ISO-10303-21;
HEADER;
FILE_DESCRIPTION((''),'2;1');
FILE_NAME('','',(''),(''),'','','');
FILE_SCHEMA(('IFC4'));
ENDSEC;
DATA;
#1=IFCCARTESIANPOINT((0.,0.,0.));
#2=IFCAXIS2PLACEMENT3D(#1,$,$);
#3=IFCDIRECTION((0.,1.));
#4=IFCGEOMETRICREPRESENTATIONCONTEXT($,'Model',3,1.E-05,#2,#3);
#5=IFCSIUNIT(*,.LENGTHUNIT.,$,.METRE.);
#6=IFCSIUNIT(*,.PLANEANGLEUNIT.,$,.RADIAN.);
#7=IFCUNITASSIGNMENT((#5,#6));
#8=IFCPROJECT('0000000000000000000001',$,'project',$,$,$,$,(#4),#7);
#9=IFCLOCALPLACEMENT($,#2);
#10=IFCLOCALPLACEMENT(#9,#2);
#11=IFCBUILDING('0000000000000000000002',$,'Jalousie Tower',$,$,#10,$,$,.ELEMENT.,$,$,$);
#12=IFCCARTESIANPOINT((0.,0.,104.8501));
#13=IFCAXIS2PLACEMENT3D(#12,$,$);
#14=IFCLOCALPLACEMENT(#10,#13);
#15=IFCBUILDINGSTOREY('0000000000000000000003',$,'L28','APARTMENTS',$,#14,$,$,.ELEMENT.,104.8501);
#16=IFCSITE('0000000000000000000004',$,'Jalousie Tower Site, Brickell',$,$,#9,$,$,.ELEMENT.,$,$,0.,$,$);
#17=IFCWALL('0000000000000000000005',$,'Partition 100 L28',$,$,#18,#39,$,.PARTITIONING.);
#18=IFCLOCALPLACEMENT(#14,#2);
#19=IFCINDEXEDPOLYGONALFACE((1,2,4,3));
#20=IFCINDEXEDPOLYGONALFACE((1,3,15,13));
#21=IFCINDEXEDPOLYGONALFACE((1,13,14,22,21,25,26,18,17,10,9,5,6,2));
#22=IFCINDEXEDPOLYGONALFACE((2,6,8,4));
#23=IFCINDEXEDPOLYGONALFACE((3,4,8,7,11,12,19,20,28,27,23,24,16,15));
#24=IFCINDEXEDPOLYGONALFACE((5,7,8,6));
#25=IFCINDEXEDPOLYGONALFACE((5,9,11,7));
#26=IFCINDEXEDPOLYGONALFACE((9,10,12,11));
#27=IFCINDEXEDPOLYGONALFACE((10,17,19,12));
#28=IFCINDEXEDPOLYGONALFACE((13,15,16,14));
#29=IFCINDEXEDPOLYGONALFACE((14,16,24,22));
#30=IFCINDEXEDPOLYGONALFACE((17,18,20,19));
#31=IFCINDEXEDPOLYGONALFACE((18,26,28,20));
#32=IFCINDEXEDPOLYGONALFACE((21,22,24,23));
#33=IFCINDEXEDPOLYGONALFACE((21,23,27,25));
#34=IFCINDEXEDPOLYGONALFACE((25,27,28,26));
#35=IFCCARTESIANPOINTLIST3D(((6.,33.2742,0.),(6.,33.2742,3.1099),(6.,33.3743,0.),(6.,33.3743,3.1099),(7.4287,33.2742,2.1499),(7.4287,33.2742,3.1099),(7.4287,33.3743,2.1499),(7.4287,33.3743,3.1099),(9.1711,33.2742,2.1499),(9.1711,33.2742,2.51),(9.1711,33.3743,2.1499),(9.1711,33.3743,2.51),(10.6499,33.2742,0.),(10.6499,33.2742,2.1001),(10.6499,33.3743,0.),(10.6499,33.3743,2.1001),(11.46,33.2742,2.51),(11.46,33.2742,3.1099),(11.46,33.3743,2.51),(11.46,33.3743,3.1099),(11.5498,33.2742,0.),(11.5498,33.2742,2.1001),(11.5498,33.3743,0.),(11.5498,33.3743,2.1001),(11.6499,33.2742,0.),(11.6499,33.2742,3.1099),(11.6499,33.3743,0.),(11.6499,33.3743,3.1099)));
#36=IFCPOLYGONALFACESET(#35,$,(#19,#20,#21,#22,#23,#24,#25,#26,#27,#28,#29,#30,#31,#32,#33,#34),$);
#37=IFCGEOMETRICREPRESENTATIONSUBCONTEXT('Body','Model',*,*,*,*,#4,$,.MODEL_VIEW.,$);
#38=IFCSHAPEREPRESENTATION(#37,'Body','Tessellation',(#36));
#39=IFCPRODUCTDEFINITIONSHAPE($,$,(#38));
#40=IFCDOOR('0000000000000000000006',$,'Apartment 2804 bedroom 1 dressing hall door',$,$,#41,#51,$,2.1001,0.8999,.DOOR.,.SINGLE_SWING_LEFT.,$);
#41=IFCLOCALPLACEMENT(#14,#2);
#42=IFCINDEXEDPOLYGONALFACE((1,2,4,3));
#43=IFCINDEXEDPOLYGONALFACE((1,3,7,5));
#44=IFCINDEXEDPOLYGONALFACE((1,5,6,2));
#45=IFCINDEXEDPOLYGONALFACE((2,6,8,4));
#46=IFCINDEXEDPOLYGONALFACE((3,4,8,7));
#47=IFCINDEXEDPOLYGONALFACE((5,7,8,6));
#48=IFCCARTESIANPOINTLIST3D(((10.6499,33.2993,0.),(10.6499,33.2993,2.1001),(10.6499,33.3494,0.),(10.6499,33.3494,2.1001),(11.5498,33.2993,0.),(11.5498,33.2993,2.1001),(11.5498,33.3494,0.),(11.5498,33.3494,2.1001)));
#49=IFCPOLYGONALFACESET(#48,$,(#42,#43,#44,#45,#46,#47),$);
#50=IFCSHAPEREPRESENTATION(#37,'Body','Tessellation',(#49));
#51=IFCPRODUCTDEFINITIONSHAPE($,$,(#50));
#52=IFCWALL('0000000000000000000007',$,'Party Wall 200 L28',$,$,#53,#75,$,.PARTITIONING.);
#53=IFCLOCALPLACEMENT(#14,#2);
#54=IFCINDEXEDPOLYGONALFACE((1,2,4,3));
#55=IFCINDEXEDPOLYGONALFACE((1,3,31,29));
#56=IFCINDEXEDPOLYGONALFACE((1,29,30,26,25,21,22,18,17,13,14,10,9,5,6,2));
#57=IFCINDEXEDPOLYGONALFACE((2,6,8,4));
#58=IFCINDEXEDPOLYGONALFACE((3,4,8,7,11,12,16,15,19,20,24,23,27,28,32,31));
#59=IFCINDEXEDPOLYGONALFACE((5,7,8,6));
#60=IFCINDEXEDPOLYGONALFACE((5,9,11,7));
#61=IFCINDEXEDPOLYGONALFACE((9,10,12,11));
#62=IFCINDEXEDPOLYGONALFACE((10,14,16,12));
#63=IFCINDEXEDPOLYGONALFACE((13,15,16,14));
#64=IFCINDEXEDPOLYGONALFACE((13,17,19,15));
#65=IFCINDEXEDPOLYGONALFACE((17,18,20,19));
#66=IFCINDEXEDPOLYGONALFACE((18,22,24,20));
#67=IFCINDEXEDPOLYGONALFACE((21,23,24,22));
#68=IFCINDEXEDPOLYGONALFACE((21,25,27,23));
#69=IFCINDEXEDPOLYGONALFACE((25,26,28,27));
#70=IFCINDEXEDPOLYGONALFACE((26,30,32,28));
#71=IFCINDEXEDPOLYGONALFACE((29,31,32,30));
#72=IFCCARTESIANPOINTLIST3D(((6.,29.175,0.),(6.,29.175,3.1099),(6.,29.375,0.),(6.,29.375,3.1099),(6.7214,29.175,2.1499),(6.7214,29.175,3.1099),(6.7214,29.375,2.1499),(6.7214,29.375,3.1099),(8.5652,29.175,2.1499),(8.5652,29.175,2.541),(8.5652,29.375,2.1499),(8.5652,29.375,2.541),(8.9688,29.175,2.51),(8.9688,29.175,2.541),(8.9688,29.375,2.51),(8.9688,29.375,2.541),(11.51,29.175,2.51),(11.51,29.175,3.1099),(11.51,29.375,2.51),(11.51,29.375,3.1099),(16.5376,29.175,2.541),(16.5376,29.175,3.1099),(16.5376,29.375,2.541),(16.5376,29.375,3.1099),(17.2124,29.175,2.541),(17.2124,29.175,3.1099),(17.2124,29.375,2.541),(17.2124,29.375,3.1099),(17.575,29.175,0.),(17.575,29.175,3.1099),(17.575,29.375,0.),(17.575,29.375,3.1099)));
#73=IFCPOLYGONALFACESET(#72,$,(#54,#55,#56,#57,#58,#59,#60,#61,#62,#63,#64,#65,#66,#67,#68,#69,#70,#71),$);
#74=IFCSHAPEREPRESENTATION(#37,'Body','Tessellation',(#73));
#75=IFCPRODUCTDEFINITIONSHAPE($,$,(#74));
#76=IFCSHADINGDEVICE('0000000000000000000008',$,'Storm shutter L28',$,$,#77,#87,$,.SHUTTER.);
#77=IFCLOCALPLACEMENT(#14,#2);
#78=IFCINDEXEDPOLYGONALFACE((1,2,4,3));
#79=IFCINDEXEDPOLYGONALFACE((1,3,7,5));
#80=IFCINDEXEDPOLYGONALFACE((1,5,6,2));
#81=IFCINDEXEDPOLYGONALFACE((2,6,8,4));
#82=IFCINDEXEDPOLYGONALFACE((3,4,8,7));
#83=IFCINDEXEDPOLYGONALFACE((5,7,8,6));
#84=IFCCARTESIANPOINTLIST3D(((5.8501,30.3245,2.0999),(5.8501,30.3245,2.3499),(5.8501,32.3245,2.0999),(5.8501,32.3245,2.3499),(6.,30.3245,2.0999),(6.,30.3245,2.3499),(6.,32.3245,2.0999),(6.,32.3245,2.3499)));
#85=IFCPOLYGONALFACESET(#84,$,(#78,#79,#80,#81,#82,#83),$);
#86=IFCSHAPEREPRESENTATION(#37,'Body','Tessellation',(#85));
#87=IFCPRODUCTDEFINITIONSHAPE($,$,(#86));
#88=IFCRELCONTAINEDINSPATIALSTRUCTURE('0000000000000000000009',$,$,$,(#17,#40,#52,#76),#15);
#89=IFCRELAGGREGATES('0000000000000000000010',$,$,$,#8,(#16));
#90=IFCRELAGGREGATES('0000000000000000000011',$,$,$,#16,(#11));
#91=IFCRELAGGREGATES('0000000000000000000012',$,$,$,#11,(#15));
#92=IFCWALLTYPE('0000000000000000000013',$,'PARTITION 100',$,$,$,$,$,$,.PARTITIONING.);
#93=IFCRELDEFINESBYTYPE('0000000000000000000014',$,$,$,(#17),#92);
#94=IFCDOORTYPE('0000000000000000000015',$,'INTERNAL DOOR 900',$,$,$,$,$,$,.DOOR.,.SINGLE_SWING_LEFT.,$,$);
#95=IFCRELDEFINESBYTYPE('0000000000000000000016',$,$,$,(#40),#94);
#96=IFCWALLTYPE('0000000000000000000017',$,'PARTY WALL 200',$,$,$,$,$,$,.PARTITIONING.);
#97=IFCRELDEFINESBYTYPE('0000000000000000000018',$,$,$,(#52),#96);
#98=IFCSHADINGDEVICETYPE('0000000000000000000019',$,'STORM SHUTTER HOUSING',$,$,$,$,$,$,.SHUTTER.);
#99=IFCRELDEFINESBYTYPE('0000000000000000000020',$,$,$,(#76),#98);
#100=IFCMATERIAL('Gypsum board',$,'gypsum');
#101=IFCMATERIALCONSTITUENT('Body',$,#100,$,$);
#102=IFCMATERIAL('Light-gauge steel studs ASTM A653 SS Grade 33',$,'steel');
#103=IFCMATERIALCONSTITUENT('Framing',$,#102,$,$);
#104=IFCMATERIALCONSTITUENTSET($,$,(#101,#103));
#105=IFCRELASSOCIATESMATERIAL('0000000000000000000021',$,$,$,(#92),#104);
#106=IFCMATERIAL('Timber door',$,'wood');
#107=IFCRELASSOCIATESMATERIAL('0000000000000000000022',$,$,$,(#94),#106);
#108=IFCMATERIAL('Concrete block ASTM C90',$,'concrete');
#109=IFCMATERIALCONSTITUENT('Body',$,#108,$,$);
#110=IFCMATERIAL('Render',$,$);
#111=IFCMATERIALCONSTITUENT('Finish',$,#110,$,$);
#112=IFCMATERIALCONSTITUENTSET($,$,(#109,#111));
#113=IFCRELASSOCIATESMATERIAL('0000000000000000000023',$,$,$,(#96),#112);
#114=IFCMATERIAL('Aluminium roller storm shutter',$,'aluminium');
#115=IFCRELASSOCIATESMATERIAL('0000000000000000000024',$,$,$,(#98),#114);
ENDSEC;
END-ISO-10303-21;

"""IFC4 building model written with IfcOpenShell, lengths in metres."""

from ifc_helpers import new_model, si_unit, direction, frame, frame_2d, origin, origin_2d, place, context, subcontext, project, spatial, polyline, rectangle, outline, extrude, material, constituent, constituent_set, type_object, element, fill, save


model = new_model("IFC4")

# Units and contexts
model_context = context("Model", 3, precision=1e-05, world=origin(), true_north=direction((0.0, 1.0)))
body_context = subcontext(model_context, "Body", "Model", "MODEL_VIEW")
ifc_project = project(units=[si_unit("LENGTHUNIT", "METRE"), si_unit("PLANEANGLEUNIT", "RADIAN")], contexts=[model_context])

# Site, building, storey
site_placement = place(None, origin())
site = spatial("IfcSite", under=ifc_project, at=site_placement, Name="Jalousie Tower Site, Brickell", CompositionType="ELEMENT", RefElevation=0.0)
building_placement = place(site_placement, origin())
building = spatial("IfcBuilding", under=site, at=building_placement, Name="Jalousie Tower", CompositionType="ELEMENT")
storey_placement = place(building_placement, frame((0.0, 0.0, 104.8501)))
storey = spatial("IfcBuildingStorey", under=building, at=storey_placement, Name="L28", Description="APARTMENTS", CompositionType="ELEMENT", Elevation=104.8501)

# Shared definitions
ifc_material_1 = material(Name="Gypsum board", Category="gypsum")
ifc_constituent_1 = constituent(ifc_material_1, Name="Body")
ifc_material_2 = material(Name="Light-gauge steel studs ASTM A653 SS Grade 33", Category="steel")
ifc_constituent_2 = constituent(ifc_material_2, Name="Framing")
ifc_constituent_set_1 = constituent_set(constituents=[ifc_constituent_1, ifc_constituent_2])
wall_type_1 = type_object("IfcWallType", Name="PARTITION 100", PredefinedType="PARTITIONING", material=ifc_constituent_set_1)

# Wall, opening, door
wall_1_placement = place(storey_placement, frame((6.0, 33.3242, 0.0), z_axis=(0.0, 0.0, 1.0), x_axis=(1.0, 0.0, 0.0)))
wall_1 = element("IfcWall", 1, at=wall_1_placement, inside=storey, type_object=wall_type_1, Name="Partition 100 L28", PredefinedType="PARTITIONING", context=body_context, shape_type="SweptSolid", body=[
    extrude(outline(polyline([(0.0, 0.0), (5.6499, 0.0), (5.6499, 3.1099), (5.46, 3.1099), (5.46, 2.51), (3.1711, 2.51), (3.1711, 2.1499), (1.4287, 2.1499), (1.4287, 3.1099), (0.0, 3.1099), (0.0, 0.0)])), frame((0.0, 0.05, 0.0), z_axis=(0.0, -1.0, 0.0), x_axis=(1.0, 0.0, 0.0)), (0.0, 0.0, 1.0), 0.1001),
])
opening_1_placement = place(wall_1_placement, frame((4.6499, 0.0, 0.0)))
opening_1 = element("IfcOpeningElement", 2, at=opening_1_placement, cuts=wall_1, PredefinedType="OPENING", context=body_context, shape_type="SweptSolid", body=[
    extrude(rectangle(XDim=0.8999, YDim=2.1001, at=frame_2d((0.45, 1.05))), frame((0.0, 0.0601, 0.0), z_axis=(0.0, -1.0, 0.0), x_axis=(1.0, 0.0, 0.0)), (0.0, 0.0, 1.0), 0.1201),
])
ifc_material_3 = material(Name="Timber door", Category="wood")
door_type_1 = type_object("IfcDoorType", Name="INTERNAL DOOR 900", OperationType="SINGLE_SWING_LEFT", PredefinedType="DOOR", material=ifc_material_3)
door_1_placement = place(opening_1_placement, frame((0.8999, 0.0, 0.0), z_axis=(0.0, 0.0, 1.0), x_axis=(-1.0, 0.0, 0.0)))
door_1 = element("IfcDoor", 3, at=door_1_placement, inside=storey, type_object=door_type_1, Name="Apartment 2804 bedroom 1 dressing hall door", OperationType="SINGLE_SWING_LEFT", OverallHeight=2.1001, OverallWidth=0.8999, PredefinedType="DOOR", context=body_context, shape_type="SweptSolid", body=[
    extrude(rectangle(XDim=0.8999, YDim=2.1001, at=frame_2d((0.45, 1.05))), frame((0.0, 0.0249, 0.0), z_axis=(0.0, -1.0, 0.0), x_axis=(1.0, 0.0, 0.0)), (0.0, 0.0, 1.0), 0.05),
])
fill(opening_1, door_1)

# Wall
ifc_material_4 = material(Name="Concrete block ASTM C90", Category="concrete")
ifc_constituent_3 = constituent(ifc_material_4, Name="Body")
ifc_material_5 = material(Name="Render")
ifc_constituent_4 = constituent(ifc_material_5, Name="Finish")
ifc_constituent_set_2 = constituent_set(constituents=[ifc_constituent_3, ifc_constituent_4])
wall_type_2 = type_object("IfcWallType", Name="PARTY WALL 200", PredefinedType="PARTITIONING", material=ifc_constituent_set_2)
wall_2_placement = place(storey_placement, frame((6.0, 29.2749, 0.0), z_axis=(0.0, 0.0, 1.0), x_axis=(1.0, 0.0, 0.0)))
element("IfcWall", 4, at=wall_2_placement, inside=storey, type_object=wall_type_2, Name="Party Wall 200 L28", PredefinedType="PARTITIONING", context=body_context, shape_type="SweptSolid", body=[
    extrude(outline(polyline([(0.0, 0.0), (11.575, 0.0), (11.575, 3.1099), (11.2124, 3.1099), (11.2124, 2.541), (10.5376, 2.541), (10.5376, 3.1099), (5.51, 3.1099), (5.51, 2.51), (2.9688, 2.51), (2.9688, 2.541), (2.5652, 2.541), (2.5652, 2.1499), (0.7214, 2.1499), (0.7214, 3.1099), (0.0, 3.1099), (0.0, 0.0)])), frame((0.0, 0.1001, 0.0), z_axis=(0.0, -1.0, 0.0), x_axis=(1.0, 0.0, 0.0)), (0.0, 0.0, 1.0), 0.2),
])

# Shading device
ifc_material_6 = material(Name="Aluminium roller storm shutter", Category="aluminium")
shading_device_type = type_object("IfcShadingDeviceType", Name="STORM SHUTTER HOUSING", PredefinedType="SHUTTER", material=ifc_material_6)
shading_device_placement = place(storey_placement, frame((5.925, 31.3245, 2.0999), z_axis=(0.0, 0.0, 1.0), x_axis=(0.0, -1.0, 0.0)))
element("IfcShadingDevice", 5, at=shading_device_placement, inside=storey, type_object=shading_device_type, Name="Storm shutter L28", PredefinedType="SHUTTER", context=body_context, shape_type="SweptSolid", body=[
    extrude(rectangle(XDim=2.0, YDim=0.1499, at=origin_2d()), origin(), (0.0, 0.0, 1.0), 0.25),
])

save(model, "model.ifc")
